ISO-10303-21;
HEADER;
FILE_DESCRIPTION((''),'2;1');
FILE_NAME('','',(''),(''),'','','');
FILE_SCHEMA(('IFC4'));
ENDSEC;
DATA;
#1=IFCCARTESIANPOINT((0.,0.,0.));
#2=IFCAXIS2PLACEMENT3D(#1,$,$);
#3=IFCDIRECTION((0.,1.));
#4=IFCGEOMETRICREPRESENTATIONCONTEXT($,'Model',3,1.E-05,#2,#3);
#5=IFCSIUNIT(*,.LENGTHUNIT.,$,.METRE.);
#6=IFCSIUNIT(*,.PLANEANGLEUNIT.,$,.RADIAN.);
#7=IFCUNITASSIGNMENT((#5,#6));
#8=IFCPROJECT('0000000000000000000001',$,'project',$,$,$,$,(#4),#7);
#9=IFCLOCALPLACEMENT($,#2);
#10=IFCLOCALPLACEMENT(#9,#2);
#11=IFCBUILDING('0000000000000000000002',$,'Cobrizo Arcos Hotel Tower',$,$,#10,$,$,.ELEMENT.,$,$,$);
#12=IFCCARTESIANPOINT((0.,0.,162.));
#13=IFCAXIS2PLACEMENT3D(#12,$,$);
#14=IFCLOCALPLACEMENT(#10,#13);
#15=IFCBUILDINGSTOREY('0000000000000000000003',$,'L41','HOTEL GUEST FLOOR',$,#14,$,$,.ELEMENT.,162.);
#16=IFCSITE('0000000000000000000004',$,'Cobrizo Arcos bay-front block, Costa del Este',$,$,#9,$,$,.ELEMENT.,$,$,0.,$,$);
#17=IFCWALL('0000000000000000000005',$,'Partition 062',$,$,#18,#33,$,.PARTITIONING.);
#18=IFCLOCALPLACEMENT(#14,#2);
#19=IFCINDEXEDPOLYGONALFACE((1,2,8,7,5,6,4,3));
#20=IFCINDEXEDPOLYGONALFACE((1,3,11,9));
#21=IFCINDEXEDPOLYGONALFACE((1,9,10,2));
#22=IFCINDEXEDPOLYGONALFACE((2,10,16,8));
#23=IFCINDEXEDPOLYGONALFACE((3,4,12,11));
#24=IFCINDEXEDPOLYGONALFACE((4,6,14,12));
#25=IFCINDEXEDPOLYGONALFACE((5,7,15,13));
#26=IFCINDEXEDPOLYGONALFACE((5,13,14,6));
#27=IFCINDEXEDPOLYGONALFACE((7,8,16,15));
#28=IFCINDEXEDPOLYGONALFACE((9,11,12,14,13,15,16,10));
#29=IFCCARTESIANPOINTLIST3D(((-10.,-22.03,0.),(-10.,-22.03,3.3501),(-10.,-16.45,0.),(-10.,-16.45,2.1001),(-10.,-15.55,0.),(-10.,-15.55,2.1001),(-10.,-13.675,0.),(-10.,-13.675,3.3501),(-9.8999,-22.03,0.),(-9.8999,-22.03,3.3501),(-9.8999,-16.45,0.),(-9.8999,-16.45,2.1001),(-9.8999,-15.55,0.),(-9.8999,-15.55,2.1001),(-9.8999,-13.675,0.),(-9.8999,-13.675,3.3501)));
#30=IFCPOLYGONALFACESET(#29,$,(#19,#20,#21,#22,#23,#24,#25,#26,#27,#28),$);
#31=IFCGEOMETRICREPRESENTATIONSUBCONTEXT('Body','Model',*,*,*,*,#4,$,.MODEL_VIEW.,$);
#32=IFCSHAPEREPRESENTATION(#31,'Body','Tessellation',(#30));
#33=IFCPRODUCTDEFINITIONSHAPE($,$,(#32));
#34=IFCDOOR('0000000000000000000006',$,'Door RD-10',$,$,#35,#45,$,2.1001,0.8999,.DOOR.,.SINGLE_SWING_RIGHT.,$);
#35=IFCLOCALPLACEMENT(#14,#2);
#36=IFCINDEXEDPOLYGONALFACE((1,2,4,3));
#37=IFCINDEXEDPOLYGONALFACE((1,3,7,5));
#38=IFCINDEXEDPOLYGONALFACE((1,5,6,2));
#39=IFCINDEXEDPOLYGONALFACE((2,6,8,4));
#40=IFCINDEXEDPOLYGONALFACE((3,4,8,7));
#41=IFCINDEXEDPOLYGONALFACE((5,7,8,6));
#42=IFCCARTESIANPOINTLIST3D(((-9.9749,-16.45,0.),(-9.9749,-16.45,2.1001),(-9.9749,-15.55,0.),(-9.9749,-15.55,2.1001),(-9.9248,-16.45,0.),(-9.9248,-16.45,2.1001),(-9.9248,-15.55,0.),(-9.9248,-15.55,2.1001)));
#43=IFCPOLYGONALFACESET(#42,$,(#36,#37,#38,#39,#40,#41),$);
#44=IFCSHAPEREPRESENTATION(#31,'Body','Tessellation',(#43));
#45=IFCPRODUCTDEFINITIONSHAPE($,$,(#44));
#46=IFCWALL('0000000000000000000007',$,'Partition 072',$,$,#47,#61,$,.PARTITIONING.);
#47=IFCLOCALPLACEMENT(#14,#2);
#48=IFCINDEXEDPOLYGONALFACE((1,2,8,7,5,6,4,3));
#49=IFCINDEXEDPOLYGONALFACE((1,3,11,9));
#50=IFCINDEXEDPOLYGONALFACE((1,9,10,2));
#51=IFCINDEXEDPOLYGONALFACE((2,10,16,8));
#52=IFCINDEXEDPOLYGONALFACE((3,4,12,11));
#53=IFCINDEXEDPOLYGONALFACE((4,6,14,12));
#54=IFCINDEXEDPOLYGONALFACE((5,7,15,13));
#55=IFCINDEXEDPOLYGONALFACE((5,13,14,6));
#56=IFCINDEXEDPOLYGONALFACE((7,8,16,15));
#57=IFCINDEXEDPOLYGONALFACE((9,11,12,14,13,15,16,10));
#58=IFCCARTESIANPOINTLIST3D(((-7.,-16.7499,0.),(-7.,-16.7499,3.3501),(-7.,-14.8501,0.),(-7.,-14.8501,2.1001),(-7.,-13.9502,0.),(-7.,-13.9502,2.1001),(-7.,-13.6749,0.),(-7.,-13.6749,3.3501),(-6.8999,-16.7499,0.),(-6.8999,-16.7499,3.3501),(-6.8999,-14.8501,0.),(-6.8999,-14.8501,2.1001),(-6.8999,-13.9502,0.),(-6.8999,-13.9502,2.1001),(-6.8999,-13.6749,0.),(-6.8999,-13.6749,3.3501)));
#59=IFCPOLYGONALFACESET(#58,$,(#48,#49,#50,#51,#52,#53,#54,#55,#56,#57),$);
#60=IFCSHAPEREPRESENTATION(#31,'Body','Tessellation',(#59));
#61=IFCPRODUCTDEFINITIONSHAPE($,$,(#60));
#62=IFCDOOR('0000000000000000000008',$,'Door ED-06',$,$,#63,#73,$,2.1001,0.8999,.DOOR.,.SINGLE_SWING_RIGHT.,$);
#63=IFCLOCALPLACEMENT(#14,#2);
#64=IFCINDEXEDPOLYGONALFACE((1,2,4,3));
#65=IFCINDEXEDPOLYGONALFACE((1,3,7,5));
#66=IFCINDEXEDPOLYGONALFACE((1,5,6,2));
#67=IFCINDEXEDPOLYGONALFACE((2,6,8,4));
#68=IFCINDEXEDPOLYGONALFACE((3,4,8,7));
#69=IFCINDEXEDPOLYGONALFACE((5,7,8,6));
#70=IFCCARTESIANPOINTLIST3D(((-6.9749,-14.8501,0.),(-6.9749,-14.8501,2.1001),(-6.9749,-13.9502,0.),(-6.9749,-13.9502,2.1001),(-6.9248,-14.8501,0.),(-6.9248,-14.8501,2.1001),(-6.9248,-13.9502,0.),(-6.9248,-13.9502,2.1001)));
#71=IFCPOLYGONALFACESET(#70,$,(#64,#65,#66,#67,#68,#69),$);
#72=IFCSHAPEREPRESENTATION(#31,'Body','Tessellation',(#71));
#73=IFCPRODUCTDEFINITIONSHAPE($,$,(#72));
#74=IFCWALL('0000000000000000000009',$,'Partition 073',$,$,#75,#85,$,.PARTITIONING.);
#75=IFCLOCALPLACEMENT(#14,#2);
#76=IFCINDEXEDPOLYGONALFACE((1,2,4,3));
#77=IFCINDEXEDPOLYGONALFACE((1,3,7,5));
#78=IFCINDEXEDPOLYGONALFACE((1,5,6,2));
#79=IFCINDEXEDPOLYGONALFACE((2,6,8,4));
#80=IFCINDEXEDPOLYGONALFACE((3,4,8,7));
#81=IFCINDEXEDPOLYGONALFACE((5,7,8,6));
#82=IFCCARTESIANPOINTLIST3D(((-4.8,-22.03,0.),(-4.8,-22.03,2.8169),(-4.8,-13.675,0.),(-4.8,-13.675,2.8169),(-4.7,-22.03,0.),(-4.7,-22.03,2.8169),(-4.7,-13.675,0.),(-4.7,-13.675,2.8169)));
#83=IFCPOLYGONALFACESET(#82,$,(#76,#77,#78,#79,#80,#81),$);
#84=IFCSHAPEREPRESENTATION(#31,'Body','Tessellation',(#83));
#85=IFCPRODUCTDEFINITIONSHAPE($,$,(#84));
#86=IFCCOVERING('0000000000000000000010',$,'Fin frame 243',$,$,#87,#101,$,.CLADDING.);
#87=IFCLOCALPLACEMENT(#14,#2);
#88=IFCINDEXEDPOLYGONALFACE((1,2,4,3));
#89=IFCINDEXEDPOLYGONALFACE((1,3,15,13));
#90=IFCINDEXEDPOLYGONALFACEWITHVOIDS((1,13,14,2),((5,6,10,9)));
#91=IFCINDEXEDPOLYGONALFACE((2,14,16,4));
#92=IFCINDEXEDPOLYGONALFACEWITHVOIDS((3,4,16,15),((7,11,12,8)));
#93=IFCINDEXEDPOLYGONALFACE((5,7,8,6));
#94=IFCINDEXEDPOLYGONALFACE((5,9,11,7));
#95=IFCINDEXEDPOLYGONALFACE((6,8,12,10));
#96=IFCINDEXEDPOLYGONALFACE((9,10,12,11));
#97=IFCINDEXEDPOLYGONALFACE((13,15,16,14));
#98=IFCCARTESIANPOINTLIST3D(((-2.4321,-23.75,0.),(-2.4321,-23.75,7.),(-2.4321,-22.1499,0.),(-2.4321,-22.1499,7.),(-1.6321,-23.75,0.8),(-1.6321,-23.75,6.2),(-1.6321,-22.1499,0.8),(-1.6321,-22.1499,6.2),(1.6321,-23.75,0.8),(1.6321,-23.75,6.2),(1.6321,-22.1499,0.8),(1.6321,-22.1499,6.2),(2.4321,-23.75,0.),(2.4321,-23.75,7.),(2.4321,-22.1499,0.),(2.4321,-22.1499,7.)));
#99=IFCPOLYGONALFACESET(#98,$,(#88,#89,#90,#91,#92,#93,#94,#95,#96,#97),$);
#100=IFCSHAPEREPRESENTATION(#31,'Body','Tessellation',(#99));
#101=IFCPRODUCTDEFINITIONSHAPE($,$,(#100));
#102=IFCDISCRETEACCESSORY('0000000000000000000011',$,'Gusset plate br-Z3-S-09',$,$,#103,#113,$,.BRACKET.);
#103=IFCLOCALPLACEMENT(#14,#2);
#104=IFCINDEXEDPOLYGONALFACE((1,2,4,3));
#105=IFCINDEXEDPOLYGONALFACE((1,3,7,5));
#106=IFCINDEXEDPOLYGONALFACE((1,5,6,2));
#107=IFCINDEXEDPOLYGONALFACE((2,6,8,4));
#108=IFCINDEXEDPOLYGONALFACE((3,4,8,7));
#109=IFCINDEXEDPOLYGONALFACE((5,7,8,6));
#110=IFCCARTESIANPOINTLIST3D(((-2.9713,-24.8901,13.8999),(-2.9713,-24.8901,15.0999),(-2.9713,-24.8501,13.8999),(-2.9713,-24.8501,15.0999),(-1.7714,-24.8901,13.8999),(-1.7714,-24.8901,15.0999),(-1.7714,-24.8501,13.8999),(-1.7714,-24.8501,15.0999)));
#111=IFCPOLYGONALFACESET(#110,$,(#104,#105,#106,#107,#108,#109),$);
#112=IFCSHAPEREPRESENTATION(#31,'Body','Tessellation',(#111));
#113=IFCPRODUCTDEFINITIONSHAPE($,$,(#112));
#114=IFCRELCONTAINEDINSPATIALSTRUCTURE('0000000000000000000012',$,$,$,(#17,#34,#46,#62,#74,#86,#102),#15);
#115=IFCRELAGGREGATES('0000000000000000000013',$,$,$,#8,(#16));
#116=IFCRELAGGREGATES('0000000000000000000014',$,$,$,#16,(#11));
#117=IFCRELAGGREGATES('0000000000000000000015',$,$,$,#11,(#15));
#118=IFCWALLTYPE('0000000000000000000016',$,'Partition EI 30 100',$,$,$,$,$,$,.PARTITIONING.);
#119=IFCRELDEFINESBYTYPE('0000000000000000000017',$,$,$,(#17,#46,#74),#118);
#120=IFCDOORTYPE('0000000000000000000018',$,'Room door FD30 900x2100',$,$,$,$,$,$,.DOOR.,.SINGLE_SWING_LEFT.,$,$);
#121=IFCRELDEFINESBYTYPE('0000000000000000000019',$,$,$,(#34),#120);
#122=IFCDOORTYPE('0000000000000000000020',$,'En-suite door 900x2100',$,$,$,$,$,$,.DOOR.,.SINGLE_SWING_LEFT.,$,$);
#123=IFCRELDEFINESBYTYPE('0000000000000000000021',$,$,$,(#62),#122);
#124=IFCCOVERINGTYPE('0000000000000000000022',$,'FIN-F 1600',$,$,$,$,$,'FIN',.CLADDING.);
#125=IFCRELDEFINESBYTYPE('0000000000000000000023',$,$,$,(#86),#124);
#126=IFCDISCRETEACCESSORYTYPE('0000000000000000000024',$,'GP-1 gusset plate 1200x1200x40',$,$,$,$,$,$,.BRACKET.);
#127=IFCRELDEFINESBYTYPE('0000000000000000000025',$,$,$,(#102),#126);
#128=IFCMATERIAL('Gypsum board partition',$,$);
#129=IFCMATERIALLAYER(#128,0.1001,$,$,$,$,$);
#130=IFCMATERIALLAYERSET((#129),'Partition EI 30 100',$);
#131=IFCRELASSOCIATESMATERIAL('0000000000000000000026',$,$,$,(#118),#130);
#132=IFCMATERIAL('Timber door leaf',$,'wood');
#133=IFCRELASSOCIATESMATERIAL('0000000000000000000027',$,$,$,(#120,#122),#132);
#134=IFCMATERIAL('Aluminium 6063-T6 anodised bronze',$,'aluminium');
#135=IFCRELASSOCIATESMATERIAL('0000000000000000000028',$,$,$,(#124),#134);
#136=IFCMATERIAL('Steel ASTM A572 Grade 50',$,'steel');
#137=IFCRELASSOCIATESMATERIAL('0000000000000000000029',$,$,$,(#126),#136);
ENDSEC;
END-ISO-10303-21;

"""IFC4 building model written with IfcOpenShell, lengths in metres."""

from ifc_helpers import new_model, si_unit, direction, frame, frame_2d, origin, origin_2d, place, context, subcontext, project, spatial, polyline, rectangle, outline, extrude, material, layer, layer_set, type_object, element, fill, save


model = new_model("IFC4")

# Units and contexts
model_context = context("Model", 3, precision=1e-05, world=origin(), true_north=direction((0.0, 1.0)))
body_context = subcontext(model_context, "Body", "Model", "MODEL_VIEW")
ifc_project = project(units=[si_unit("LENGTHUNIT", "METRE"), si_unit("PLANEANGLEUNIT", "RADIAN")], contexts=[model_context])

# Site, building, storey
site_placement = place(None, origin())
site = spatial("IfcSite", under=ifc_project, at=site_placement, Name="Cobrizo Arcos bay-front block, Costa del Este", CompositionType="ELEMENT", RefElevation=0.0)
building_placement = place(site_placement, origin())
building = spatial("IfcBuilding", under=site, at=building_placement, Name="Cobrizo Arcos Hotel Tower", CompositionType="ELEMENT")
storey_placement = place(building_placement, frame((0.0, 0.0, 162.0)))
storey = spatial("IfcBuildingStorey", under=building, at=storey_placement, Name="L41", Description="HOTEL GUEST FLOOR", CompositionType="ELEMENT", Elevation=162.0)

# Shared definitions
ifc_material_1 = material(Name="Steel ASTM A572 Grade 50", Category="steel")

# Shared definitions
ifc_material_2 = material(Name="Aluminium 6063-T6 anodised bronze", Category="aluminium")

# Shared definitions
ifc_material_3 = material(Name="Gypsum board partition")
ifc_layer_1 = layer(ifc_material_3, 0.1001)
ifc_layer_set_1 = layer_set([ifc_layer_1], Name="Partition EI 30 100")
wall_type = type_object("IfcWallType", Name="Partition EI 30 100", PredefinedType="PARTITIONING", material=ifc_layer_set_1)

# Walls, openings, doors
wall_1_placement = place(storey_placement, frame((-9.95, -22.03, 0.0), z_axis=(0.0, 0.0, 1.0), x_axis=(0.0, 1.0, 0.0)))
wall_1 = element("IfcWall", 1, at=wall_1_placement, inside=storey, type_object=wall_type, Name="Partition 062", PredefinedType="PARTITIONING", context=body_context, shape_type="SweptSolid", body=[
    extrude(rectangle(XDim=8.355, YDim=0.1001, at=frame_2d((4.1775, 0.0))), origin(), (0.0, 0.0, 1.0), 3.3501),
])
opening_1_placement = place(wall_1_placement, frame((5.5801, 0.0, 0.0)))
opening_1 = element("IfcOpeningElement", 2, at=opening_1_placement, cuts=wall_1, PredefinedType="OPENING", context=body_context, shape_type="SweptSolid", body=[
    extrude(rectangle(XDim=0.8999, YDim=2.1001, at=frame_2d((0.45, 1.05))), frame((0.0, 0.062, 0.0), z_axis=(0.0, -1.0, 0.0), x_axis=(1.0, 0.0, 0.0)), (0.0, 0.0, 1.0), 0.124),
])
ifc_material_4 = material(Name="Timber door leaf", Category="wood")
door_type_1 = type_object("IfcDoorType", Name="Room door FD30 900x2100", OperationType="SINGLE_SWING_LEFT", PredefinedType="DOOR", material=ifc_material_4)
door_1_placement = place(opening_1_placement, origin())
door_1 = element("IfcDoor", 3, at=door_1_placement, inside=storey, type_object=door_type_1, Name="Door RD-10", OperationType="SINGLE_SWING_RIGHT", OverallHeight=2.1001, OverallWidth=0.8999, PredefinedType="DOOR", context=body_context, shape_type="SweptSolid", body=[
    extrude(rectangle(XDim=0.8999, YDim=2.1001, at=frame_2d((0.45, 1.05))), frame((0.0, 0.0249, 0.0), z_axis=(0.0, -1.0, 0.0), x_axis=(1.0, 0.0, 0.0)), (0.0, 0.0, 1.0), 0.05),
])
fill(opening_1, door_1)
wall_2_placement = place(storey_placement, frame((-6.95, -16.75, 0.0), z_axis=(0.0, 0.0, 1.0), x_axis=(0.0, 1.0, 0.0)))
wall_2 = element("IfcWall", 4, at=wall_2_placement, inside=storey, type_object=wall_type, Name="Partition 072", PredefinedType="PARTITIONING", context=body_context, shape_type="SweptSolid", body=[
    extrude(rectangle(XDim=3.075, YDim=0.1001, at=frame_2d((1.5376, 0.0))), origin(), (0.0, 0.0, 1.0), 3.3501),
])
opening_2_placement = place(wall_2_placement, frame((1.8999, 0.0, 0.0)))
opening_2 = element("IfcOpeningElement", 5, at=opening_2_placement, cuts=wall_2, PredefinedType="OPENING", context=body_context, shape_type="SweptSolid", body=[
    extrude(rectangle(XDim=0.8999, YDim=2.1001, at=frame_2d((0.45, 1.05))), frame((0.0, 0.062, 0.0), z_axis=(0.0, -1.0, 0.0), x_axis=(1.0, 0.0, 0.0)), (0.0, 0.0, 1.0), 0.124),
])
door_type_2 = type_object("IfcDoorType", Name="En-suite door 900x2100", OperationType="SINGLE_SWING_LEFT", PredefinedType="DOOR", material=ifc_material_4)
door_2_placement = place(opening_2_placement, origin())
door_2 = element("IfcDoor", 6, at=door_2_placement, inside=storey, type_object=door_type_2, Name="Door ED-06", OperationType="SINGLE_SWING_RIGHT", OverallHeight=2.1001, OverallWidth=0.8999, PredefinedType="DOOR", context=body_context, shape_type="SweptSolid", body=[
    extrude(rectangle(XDim=0.8999, YDim=2.1001, at=frame_2d((0.45, 1.05))), frame((0.0, 0.0249, 0.0), z_axis=(0.0, -1.0, 0.0), x_axis=(1.0, 0.0, 0.0)), (0.0, 0.0, 1.0), 0.05),
])
fill(opening_2, door_2)

# Wall
wall_3_placement = place(storey_placement, frame((-4.75, -22.03, 0.0), z_axis=(0.0, 0.0, 1.0), x_axis=(0.0, 1.0, 0.0)))
element("IfcWall", 7, at=wall_3_placement, inside=storey, type_object=wall_type, Name="Partition 073", PredefinedType="PARTITIONING", context=body_context, shape_type="SweptSolid", body=[
    extrude(rectangle(XDim=8.355, YDim=0.1001, at=frame_2d((4.1775, 0.0))), origin(), (0.0, 0.0, 1.0), 2.8169),
])

# Covering
covering_type = type_object("IfcCoveringType", Name="FIN-F 1600", ElementType="FIN", PredefinedType="CLADDING", material=ifc_material_2)
covering_placement = place(storey_placement, frame((-2.4321, -22.1499, 0.0), z_axis=(0.0, -1.0, 0.0), x_axis=(1.0, 0.0, 0.0)))
element("IfcCovering", 8, at=covering_placement, inside=storey, type_object=covering_type, Name="Fin frame 243", PredefinedType="CLADDING", context=body_context, shape_type="SweptSolid", body=[
    extrude(outline(polyline([(0.0, 7.0), (0.0, 0.0), (4.8643, 0.0), (4.8643, 7.0), (0.0, 7.0)]), holes=[polyline([(4.0642, 0.8), (0.8, 0.8), (0.8, 6.2), (4.0642, 6.2), (4.0642, 0.8)])]), origin(), (0.0, 0.0, 1.0), 1.6001),
])

# Discrete accessory
discrete_accessory_type = type_object("IfcDiscreteAccessoryType", Name="GP-1 gusset plate 1200x1200x40", PredefinedType="BRACKET", material=ifc_material_1)
discrete_accessory_placement = place(storey_placement, frame((-2.3713, -24.8701, 13.8999), z_axis=(0.0, 0.0, 1.0), x_axis=(1.0, 0.0, 0.0)))
element("IfcDiscreteAccessory", 9, at=discrete_accessory_placement, inside=storey, type_object=discrete_accessory_type, Name="Gusset plate br-Z3-S-09", PredefinedType="BRACKET", context=body_context, shape_type="SweptSolid", body=[
    extrude(rectangle(XDim=1.2, YDim=0.04, at=origin_2d()), origin(), (0.0, 0.0, 1.0), 1.2),
])

save(model, "model.ifc")
